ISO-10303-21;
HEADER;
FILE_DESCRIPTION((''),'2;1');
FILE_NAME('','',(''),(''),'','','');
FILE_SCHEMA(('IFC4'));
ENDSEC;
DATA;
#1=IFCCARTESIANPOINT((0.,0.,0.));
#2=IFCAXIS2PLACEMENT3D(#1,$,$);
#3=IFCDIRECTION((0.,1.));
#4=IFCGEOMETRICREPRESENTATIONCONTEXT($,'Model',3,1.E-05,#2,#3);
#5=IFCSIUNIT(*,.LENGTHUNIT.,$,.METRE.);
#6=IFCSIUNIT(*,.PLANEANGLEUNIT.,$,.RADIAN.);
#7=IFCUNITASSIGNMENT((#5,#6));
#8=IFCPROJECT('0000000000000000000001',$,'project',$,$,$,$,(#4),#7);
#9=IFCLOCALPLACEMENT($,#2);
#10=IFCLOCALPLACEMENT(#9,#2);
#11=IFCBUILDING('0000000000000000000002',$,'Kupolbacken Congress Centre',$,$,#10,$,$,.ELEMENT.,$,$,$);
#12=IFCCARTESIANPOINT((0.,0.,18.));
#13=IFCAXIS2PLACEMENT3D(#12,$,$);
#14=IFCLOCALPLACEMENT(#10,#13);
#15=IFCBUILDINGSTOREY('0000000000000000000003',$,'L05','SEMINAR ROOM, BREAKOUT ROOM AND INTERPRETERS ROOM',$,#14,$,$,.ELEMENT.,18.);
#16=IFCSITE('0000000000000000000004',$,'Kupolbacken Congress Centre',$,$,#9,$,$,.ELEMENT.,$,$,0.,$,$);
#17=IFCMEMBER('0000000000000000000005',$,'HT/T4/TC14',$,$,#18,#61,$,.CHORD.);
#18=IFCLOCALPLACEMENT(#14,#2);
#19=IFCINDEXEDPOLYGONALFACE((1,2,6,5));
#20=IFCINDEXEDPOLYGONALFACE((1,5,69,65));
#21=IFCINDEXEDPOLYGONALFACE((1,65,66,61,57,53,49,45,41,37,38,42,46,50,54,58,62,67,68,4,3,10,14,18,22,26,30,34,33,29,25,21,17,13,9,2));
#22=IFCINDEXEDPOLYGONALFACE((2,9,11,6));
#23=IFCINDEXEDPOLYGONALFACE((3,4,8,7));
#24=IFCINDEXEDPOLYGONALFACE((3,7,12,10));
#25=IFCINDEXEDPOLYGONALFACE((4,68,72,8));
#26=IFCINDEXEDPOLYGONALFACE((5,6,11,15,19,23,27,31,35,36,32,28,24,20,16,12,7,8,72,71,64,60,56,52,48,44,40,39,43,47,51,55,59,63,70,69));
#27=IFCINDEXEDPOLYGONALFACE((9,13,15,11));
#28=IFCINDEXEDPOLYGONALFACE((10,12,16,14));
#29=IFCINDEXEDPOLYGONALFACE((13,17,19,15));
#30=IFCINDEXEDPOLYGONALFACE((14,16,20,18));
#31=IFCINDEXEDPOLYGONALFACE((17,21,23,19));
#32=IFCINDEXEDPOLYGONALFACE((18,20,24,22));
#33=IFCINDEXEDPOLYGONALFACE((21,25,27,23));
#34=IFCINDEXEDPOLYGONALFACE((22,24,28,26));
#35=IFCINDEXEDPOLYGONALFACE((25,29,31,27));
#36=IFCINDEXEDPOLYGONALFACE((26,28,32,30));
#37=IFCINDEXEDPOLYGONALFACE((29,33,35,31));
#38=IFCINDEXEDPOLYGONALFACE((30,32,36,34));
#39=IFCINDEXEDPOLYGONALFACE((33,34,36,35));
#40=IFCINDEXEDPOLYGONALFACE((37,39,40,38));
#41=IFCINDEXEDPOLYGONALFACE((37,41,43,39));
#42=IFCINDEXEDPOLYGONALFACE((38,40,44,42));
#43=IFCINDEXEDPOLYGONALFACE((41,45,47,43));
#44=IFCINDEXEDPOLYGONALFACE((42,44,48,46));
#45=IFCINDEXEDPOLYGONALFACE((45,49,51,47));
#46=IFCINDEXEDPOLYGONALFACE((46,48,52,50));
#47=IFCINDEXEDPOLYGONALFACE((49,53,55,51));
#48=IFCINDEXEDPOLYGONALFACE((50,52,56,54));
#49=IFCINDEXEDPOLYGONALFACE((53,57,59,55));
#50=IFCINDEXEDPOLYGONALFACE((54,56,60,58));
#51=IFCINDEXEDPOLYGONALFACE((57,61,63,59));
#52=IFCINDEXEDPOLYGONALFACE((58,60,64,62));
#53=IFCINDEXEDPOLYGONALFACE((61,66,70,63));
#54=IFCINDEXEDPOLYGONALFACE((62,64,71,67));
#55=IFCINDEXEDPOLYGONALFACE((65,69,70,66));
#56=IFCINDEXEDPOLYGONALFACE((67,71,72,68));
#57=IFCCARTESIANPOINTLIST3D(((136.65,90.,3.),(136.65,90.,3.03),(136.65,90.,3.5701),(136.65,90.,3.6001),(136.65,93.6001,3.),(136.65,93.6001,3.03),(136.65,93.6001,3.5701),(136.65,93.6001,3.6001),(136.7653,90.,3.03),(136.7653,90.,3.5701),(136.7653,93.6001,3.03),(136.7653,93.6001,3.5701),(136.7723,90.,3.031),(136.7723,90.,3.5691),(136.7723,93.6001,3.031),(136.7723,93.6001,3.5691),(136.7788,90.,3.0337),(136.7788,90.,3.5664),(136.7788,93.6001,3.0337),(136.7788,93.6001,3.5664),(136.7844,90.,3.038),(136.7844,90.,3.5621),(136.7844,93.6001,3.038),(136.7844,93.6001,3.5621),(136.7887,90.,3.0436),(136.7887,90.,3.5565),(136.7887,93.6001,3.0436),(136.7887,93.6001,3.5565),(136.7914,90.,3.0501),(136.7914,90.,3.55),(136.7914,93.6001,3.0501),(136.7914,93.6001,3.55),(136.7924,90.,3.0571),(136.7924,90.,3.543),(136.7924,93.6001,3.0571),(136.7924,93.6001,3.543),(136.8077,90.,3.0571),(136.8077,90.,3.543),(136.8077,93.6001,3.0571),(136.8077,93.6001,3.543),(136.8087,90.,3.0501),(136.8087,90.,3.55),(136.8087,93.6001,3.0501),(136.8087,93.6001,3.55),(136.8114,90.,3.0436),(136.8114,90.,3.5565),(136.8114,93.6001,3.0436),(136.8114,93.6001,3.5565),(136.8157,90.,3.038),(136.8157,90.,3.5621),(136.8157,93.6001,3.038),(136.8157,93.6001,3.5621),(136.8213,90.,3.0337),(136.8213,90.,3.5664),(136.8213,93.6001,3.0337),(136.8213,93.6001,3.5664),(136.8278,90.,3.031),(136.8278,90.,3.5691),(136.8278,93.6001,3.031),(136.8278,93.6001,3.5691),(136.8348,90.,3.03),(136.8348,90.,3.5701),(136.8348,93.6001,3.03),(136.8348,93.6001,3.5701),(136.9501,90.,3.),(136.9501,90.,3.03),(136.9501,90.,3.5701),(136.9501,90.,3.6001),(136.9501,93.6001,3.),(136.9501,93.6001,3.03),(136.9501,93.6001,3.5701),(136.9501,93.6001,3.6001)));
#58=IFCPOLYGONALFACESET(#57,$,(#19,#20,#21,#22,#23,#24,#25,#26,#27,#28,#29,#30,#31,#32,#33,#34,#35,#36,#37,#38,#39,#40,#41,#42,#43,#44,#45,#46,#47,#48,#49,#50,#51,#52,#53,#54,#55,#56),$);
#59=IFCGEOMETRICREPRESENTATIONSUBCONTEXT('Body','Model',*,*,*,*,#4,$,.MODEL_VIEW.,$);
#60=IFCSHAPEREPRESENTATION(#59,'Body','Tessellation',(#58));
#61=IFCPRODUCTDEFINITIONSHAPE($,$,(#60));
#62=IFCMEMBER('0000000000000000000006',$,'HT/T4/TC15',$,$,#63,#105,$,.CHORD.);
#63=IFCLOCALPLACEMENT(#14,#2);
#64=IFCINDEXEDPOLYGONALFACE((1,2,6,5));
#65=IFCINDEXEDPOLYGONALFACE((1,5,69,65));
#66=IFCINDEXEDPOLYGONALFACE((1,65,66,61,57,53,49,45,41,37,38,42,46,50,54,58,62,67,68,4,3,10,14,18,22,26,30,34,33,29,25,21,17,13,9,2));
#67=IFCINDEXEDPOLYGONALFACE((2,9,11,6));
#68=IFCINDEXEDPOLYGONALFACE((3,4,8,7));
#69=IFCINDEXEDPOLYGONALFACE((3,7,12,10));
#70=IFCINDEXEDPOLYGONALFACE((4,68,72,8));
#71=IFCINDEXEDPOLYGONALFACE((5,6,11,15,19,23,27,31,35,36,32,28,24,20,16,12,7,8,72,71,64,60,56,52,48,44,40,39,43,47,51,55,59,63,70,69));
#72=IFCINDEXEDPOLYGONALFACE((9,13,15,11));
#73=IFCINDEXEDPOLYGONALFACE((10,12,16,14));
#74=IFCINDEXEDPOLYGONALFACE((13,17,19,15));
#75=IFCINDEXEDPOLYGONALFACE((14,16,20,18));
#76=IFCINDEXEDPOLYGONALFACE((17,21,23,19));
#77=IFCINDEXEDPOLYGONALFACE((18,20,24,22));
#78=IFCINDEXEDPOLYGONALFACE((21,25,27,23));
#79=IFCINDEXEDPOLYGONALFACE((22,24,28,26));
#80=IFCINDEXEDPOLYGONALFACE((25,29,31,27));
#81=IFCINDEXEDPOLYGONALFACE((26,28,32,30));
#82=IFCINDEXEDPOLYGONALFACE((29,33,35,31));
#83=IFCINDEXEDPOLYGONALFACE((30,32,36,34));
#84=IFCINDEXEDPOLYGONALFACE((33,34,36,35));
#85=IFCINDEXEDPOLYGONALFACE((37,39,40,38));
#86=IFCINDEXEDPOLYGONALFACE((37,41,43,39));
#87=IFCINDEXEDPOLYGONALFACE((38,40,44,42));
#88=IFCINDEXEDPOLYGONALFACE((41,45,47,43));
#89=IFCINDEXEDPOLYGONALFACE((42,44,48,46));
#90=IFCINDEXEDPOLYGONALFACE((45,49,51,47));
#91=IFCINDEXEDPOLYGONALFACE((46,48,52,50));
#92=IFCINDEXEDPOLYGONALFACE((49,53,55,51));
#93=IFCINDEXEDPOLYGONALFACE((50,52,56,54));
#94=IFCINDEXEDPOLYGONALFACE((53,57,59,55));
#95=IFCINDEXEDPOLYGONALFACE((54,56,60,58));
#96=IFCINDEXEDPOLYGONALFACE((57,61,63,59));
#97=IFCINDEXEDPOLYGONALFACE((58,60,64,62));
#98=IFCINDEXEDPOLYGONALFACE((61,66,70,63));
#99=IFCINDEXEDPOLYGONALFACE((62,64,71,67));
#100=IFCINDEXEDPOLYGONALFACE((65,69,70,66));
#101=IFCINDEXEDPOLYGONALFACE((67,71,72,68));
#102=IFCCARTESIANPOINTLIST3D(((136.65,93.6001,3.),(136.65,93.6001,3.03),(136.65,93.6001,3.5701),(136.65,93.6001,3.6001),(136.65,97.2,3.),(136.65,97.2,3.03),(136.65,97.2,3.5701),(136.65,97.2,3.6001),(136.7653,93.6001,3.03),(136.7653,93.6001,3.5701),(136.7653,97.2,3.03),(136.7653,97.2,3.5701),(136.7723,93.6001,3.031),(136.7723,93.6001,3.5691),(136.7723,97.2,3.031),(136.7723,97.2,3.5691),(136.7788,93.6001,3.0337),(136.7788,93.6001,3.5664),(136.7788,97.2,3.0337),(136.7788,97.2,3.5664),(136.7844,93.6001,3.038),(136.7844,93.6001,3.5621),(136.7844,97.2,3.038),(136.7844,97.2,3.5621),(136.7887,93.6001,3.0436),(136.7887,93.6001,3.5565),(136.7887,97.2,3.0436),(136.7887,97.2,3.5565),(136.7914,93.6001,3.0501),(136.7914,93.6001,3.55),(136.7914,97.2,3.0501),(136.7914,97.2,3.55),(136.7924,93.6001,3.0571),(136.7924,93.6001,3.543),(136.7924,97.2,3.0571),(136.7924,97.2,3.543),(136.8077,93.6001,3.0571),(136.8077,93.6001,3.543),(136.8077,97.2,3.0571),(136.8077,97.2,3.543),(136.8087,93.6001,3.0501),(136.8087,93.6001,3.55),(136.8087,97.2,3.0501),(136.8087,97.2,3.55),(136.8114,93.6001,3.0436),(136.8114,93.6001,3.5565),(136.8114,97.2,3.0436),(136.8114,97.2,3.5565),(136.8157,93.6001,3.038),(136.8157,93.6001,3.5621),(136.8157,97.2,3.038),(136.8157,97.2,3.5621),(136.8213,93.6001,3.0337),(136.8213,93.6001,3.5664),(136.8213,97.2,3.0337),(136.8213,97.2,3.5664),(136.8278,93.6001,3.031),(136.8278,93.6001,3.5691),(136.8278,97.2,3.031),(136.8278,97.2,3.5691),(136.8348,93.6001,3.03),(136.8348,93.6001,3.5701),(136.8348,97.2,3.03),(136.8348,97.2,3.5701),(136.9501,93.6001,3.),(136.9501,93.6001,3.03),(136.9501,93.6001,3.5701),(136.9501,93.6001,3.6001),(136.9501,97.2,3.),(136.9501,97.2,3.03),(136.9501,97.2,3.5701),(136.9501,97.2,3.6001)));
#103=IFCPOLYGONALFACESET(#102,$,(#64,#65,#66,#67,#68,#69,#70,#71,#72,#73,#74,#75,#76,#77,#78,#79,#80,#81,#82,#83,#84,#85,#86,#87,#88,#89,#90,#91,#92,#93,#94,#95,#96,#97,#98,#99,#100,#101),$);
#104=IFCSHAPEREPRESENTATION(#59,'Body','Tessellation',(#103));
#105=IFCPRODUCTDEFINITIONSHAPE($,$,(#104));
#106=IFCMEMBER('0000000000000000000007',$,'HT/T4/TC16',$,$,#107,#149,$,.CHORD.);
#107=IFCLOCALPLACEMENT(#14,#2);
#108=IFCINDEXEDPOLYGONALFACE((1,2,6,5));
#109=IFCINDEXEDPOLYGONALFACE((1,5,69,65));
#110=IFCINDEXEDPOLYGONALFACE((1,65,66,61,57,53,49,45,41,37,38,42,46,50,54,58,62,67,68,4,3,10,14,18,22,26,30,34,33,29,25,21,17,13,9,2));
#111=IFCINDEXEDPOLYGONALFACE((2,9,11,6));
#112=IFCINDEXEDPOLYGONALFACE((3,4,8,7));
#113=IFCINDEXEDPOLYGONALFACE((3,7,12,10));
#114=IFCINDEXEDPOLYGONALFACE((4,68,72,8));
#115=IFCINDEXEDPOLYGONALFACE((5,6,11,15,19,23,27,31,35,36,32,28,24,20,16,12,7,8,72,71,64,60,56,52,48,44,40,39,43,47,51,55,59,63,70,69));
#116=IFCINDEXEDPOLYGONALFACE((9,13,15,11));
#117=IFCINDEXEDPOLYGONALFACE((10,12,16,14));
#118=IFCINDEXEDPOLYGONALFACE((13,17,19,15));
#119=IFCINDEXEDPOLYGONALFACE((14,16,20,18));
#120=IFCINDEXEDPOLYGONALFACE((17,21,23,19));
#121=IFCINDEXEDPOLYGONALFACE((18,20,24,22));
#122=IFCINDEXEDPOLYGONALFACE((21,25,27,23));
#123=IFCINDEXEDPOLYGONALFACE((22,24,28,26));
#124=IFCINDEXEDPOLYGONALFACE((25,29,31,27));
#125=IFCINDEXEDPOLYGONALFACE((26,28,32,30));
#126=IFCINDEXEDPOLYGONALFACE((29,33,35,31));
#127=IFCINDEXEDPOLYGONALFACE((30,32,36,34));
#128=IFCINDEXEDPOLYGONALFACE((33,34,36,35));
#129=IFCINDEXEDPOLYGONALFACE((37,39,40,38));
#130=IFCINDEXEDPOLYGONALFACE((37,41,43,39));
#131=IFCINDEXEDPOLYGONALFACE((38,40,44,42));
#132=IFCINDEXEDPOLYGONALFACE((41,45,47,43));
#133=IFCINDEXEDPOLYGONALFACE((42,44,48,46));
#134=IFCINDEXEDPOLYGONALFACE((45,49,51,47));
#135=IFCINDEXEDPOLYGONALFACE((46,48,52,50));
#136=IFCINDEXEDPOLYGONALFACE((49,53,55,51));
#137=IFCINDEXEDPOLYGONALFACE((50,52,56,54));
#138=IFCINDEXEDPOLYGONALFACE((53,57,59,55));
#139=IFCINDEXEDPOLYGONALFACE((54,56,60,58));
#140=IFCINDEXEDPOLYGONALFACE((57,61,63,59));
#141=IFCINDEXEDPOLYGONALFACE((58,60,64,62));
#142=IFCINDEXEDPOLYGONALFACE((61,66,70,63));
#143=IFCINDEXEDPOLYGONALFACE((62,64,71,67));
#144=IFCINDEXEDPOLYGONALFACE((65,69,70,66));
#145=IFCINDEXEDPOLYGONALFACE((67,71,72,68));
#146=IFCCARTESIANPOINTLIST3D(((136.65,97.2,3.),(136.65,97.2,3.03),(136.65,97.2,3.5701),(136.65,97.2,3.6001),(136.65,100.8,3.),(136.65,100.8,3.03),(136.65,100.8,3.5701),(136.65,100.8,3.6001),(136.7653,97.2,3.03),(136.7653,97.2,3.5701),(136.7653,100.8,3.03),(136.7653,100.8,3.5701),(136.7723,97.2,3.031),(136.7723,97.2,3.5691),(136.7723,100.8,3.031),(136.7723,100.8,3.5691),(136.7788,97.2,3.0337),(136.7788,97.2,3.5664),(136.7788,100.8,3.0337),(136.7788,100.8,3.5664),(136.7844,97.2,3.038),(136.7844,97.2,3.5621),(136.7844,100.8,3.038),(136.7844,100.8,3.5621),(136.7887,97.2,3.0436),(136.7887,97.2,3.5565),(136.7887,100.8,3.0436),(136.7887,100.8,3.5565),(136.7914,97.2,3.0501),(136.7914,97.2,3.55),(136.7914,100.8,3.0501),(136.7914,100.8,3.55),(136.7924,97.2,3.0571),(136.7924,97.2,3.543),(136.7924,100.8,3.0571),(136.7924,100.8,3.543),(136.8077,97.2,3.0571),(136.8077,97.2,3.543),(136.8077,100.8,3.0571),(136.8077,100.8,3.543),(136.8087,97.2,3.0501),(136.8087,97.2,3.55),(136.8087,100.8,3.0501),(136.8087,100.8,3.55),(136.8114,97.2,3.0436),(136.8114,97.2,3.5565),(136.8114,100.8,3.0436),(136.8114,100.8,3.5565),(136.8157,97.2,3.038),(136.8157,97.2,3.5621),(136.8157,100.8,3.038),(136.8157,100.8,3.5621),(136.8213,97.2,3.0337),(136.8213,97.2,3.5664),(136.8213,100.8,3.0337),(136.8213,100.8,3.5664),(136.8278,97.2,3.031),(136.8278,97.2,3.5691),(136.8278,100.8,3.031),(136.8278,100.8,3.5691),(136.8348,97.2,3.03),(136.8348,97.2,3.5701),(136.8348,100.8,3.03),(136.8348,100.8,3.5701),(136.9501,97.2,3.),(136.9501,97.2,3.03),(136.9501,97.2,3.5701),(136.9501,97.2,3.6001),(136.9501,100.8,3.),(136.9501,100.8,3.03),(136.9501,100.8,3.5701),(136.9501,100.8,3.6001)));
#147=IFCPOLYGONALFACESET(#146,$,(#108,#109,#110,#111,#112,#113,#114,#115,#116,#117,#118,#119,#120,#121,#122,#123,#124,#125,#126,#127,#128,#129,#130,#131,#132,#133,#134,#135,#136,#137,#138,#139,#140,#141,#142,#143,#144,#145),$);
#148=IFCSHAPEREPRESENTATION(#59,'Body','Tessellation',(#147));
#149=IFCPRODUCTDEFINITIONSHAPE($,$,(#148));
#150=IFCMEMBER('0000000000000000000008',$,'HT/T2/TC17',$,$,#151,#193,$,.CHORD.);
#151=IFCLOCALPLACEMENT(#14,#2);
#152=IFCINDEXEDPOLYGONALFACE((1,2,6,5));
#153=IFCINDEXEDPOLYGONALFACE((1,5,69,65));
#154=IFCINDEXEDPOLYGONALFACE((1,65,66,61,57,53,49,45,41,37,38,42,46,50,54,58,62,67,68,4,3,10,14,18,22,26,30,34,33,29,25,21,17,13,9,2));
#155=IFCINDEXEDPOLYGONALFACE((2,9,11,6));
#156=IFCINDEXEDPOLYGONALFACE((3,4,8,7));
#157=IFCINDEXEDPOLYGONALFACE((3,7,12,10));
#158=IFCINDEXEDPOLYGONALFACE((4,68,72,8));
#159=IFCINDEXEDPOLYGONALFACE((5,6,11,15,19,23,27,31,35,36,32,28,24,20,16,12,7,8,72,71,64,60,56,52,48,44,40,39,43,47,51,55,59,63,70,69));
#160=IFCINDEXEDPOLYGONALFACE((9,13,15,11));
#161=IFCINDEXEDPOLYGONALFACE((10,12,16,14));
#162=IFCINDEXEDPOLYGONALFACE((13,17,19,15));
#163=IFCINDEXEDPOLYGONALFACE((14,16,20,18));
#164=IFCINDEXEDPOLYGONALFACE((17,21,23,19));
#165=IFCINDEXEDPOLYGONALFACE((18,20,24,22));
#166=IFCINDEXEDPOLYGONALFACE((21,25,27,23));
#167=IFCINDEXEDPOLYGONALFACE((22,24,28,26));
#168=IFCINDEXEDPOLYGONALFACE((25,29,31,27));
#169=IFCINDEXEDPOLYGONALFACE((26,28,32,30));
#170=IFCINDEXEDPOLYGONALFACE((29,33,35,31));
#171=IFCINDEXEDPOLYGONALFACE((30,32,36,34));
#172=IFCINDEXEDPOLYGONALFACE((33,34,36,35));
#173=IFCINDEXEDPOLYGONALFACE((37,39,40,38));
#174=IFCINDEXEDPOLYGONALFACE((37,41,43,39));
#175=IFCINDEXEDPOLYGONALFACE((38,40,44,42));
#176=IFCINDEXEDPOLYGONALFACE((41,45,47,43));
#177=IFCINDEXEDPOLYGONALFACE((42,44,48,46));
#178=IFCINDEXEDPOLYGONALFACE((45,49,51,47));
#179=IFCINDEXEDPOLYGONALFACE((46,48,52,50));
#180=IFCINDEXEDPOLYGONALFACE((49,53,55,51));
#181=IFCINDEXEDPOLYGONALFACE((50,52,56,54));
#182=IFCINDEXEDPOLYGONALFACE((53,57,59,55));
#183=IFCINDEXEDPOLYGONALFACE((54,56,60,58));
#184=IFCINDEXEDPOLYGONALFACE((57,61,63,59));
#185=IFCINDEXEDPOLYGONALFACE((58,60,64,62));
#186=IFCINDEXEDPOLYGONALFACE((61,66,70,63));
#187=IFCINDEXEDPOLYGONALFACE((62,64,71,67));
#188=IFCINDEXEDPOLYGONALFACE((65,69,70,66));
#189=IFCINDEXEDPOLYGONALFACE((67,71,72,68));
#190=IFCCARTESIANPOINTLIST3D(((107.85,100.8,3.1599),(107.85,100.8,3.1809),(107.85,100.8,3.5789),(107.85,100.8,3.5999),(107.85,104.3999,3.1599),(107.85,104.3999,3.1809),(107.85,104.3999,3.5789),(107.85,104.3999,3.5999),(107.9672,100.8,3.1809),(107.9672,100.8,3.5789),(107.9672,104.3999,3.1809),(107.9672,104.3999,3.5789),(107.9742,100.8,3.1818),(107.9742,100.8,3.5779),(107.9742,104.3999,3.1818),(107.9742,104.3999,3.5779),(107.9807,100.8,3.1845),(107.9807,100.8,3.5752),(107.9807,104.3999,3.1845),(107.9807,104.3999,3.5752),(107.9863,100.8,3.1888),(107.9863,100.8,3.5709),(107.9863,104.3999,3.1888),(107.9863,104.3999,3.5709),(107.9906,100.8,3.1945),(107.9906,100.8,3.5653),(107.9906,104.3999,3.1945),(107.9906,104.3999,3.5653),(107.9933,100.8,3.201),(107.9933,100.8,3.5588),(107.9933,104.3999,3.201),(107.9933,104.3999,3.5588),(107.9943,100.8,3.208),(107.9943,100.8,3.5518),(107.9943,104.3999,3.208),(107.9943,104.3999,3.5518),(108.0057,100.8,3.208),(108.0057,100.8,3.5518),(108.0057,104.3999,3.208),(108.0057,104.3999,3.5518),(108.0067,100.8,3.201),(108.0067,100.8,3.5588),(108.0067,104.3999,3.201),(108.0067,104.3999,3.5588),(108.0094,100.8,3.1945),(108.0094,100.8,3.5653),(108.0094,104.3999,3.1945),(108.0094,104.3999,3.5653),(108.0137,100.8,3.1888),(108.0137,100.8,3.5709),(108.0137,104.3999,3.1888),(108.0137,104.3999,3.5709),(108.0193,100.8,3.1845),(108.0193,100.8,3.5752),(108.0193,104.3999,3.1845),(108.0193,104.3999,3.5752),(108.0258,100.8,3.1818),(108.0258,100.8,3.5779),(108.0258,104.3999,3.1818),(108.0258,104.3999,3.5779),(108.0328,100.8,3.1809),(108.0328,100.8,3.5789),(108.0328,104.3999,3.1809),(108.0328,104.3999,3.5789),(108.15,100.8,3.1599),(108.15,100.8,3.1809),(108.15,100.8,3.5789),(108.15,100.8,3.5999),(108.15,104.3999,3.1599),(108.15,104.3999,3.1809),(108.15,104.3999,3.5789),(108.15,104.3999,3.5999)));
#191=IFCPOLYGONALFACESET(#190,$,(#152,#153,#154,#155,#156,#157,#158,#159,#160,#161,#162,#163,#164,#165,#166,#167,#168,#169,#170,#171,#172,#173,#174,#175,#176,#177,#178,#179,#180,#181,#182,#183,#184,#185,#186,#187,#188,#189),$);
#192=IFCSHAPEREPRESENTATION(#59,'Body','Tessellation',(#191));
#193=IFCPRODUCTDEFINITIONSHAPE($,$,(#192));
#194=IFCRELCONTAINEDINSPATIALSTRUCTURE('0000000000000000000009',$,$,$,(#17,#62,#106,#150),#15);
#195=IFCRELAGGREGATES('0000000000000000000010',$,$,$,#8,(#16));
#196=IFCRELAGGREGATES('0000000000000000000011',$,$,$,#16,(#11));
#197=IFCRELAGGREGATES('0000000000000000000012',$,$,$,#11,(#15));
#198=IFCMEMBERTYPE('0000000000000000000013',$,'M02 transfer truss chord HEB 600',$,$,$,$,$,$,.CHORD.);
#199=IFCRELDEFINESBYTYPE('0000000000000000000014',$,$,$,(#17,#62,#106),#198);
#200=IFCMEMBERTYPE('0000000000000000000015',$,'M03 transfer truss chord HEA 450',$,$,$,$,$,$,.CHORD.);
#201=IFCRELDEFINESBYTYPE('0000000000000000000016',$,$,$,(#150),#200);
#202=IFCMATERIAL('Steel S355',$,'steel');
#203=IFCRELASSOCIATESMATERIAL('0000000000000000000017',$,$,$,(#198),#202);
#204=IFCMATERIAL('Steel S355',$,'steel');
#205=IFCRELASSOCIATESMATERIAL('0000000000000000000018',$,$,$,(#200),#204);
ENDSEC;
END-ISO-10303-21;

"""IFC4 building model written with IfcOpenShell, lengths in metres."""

from ifc_helpers import new_model, si_unit, direction, frame, origin, origin_2d, place, context, subcontext, project, spatial, i_section, extrude, material, material_profile, profile_set, type_object, element, save


model = new_model("IFC4")

# Units and contexts
model_context = context("Model", 3, precision=1e-05, world=origin(), true_north=direction((0.0, 1.0)))
body_context = subcontext(model_context, "Body", "Model", "MODEL_VIEW")
ifc_project = project(units=[si_unit("LENGTHUNIT", "METRE"), si_unit("PLANEANGLEUNIT", "RADIAN")], contexts=[model_context])

# Site, building, storey
site_placement = place(None, origin())
site = spatial("IfcSite", under=ifc_project, at=site_placement, Name="Kupolbacken Congress Centre", CompositionType="ELEMENT", RefElevation=0.0)
building_placement = place(site_placement, origin())
building = spatial("IfcBuilding", under=site, at=building_placement, Name="Kupolbacken Congress Centre", CompositionType="ELEMENT")
storey_placement = place(building_placement, frame((0.0, 0.0, 18.0)))
storey = spatial("IfcBuildingStorey", under=building, at=storey_placement, Name="L05", Description="SEMINAR ROOM, BREAKOUT ROOM AND INTERPRETERS ROOM", CompositionType="ELEMENT", Elevation=18.0)

# Members
ifc_material_1 = material(Name="Steel S355", Category="steel")
ifc_material_profile_1 = material_profile(ifc_material_1, i_section(OverallWidth=0.3, OverallDepth=0.6001, WebThickness=0.0154, FlangeThickness=0.03, FilletRadius=0.0271, at=origin_2d()), Name="HEB 600")
ifc_profile_set_1 = profile_set([ifc_material_profile_1], Name="Steel S355")
member_type_1 = type_object("IfcMemberType", Name="M02 transfer truss chord HEB 600", PredefinedType="CHORD", material=ifc_profile_set_1)
for number, where, z_axis, x_axis, name in (
    (1, (136.8, 90.0, 3.3), (0.0, 1.0, 0.0), (-1.0, 0.0, 0.0), "HT/T4/TC14"),
):
    element("IfcMember", number, at=place(storey_placement, frame(where, z_axis=z_axis, x_axis=x_axis)), inside=storey, type_object=member_type_1, Name=name, PredefinedType="CHORD", context=body_context, shape_type="SweptSolid", body=[
        extrude(i_section(OverallWidth=0.3, OverallDepth=0.6001, WebThickness=0.0154, FlangeThickness=0.03, FilletRadius=0.0271, at=origin_2d()), origin(), (0.0, 0.0, 1.0), 3.6001),
    ])
member_1_placement = place(storey_placement, frame((136.8, 93.6001, 3.3), z_axis=(0.0, 1.0, 0.0), x_axis=(-1.0, 0.0, 0.0)))
element("IfcMember", 2, at=member_1_placement, inside=storey, type_object=member_type_1, Name="HT/T4/TC15", PredefinedType="CHORD", context=body_context, shape_type="SweptSolid", body=[
    extrude(i_section(OverallWidth=0.3, OverallDepth=0.6001, WebThickness=0.0154, FlangeThickness=0.03, FilletRadius=0.0271, at=origin_2d()), origin(), (0.0, 0.0, 1.0), 3.5999),
])
member_2_placement = place(storey_placement, frame((136.8, 97.2, 3.3), z_axis=(0.0, 1.0, 0.0), x_axis=(-1.0, 0.0, 0.0)))
element("IfcMember", 3, at=member_2_placement, inside=storey, type_object=member_type_1, Name="HT/T4/TC16", PredefinedType="CHORD", context=body_context, shape_type="SweptSolid", body=[
    extrude(i_section(OverallWidth=0.3, OverallDepth=0.6001, WebThickness=0.0154, FlangeThickness=0.03, FilletRadius=0.0271, at=origin_2d()), origin(), (0.0, 0.0, 1.0), 3.6001),
])
ifc_material_2 = material(Name="Steel S355", Category="steel")
ifc_material_profile_2 = material_profile(ifc_material_2, i_section(OverallWidth=0.3, OverallDepth=0.4399, WebThickness=0.0115, FlangeThickness=0.021, FilletRadius=0.0271, at=origin_2d()), Name="HEA 450")
ifc_profile_set_2 = profile_set([ifc_material_profile_2], Name="Steel S355")
member_type_2 = type_object("IfcMemberType", Name="M03 transfer truss chord HEA 450", PredefinedType="CHORD", material=ifc_profile_set_2)
member_3_placement = place(storey_placement, frame((108.0, 100.8, 3.3799), z_axis=(0.0, 1.0, 0.0), x_axis=(-1.0, 0.0, 0.0)))
element("IfcMember", 4, at=member_3_placement, inside=storey, type_object=member_type_2, Name="HT/T2/TC17", PredefinedType="CHORD", context=body_context, shape_type="SweptSolid", body=[
    extrude(i_section(OverallWidth=0.3, OverallDepth=0.4399, WebThickness=0.0115, FlangeThickness=0.021, FilletRadius=0.0271, at=origin_2d()), origin(), (0.0, 0.0, 1.0), 3.5999),
])

save(model, "model.ifc")
